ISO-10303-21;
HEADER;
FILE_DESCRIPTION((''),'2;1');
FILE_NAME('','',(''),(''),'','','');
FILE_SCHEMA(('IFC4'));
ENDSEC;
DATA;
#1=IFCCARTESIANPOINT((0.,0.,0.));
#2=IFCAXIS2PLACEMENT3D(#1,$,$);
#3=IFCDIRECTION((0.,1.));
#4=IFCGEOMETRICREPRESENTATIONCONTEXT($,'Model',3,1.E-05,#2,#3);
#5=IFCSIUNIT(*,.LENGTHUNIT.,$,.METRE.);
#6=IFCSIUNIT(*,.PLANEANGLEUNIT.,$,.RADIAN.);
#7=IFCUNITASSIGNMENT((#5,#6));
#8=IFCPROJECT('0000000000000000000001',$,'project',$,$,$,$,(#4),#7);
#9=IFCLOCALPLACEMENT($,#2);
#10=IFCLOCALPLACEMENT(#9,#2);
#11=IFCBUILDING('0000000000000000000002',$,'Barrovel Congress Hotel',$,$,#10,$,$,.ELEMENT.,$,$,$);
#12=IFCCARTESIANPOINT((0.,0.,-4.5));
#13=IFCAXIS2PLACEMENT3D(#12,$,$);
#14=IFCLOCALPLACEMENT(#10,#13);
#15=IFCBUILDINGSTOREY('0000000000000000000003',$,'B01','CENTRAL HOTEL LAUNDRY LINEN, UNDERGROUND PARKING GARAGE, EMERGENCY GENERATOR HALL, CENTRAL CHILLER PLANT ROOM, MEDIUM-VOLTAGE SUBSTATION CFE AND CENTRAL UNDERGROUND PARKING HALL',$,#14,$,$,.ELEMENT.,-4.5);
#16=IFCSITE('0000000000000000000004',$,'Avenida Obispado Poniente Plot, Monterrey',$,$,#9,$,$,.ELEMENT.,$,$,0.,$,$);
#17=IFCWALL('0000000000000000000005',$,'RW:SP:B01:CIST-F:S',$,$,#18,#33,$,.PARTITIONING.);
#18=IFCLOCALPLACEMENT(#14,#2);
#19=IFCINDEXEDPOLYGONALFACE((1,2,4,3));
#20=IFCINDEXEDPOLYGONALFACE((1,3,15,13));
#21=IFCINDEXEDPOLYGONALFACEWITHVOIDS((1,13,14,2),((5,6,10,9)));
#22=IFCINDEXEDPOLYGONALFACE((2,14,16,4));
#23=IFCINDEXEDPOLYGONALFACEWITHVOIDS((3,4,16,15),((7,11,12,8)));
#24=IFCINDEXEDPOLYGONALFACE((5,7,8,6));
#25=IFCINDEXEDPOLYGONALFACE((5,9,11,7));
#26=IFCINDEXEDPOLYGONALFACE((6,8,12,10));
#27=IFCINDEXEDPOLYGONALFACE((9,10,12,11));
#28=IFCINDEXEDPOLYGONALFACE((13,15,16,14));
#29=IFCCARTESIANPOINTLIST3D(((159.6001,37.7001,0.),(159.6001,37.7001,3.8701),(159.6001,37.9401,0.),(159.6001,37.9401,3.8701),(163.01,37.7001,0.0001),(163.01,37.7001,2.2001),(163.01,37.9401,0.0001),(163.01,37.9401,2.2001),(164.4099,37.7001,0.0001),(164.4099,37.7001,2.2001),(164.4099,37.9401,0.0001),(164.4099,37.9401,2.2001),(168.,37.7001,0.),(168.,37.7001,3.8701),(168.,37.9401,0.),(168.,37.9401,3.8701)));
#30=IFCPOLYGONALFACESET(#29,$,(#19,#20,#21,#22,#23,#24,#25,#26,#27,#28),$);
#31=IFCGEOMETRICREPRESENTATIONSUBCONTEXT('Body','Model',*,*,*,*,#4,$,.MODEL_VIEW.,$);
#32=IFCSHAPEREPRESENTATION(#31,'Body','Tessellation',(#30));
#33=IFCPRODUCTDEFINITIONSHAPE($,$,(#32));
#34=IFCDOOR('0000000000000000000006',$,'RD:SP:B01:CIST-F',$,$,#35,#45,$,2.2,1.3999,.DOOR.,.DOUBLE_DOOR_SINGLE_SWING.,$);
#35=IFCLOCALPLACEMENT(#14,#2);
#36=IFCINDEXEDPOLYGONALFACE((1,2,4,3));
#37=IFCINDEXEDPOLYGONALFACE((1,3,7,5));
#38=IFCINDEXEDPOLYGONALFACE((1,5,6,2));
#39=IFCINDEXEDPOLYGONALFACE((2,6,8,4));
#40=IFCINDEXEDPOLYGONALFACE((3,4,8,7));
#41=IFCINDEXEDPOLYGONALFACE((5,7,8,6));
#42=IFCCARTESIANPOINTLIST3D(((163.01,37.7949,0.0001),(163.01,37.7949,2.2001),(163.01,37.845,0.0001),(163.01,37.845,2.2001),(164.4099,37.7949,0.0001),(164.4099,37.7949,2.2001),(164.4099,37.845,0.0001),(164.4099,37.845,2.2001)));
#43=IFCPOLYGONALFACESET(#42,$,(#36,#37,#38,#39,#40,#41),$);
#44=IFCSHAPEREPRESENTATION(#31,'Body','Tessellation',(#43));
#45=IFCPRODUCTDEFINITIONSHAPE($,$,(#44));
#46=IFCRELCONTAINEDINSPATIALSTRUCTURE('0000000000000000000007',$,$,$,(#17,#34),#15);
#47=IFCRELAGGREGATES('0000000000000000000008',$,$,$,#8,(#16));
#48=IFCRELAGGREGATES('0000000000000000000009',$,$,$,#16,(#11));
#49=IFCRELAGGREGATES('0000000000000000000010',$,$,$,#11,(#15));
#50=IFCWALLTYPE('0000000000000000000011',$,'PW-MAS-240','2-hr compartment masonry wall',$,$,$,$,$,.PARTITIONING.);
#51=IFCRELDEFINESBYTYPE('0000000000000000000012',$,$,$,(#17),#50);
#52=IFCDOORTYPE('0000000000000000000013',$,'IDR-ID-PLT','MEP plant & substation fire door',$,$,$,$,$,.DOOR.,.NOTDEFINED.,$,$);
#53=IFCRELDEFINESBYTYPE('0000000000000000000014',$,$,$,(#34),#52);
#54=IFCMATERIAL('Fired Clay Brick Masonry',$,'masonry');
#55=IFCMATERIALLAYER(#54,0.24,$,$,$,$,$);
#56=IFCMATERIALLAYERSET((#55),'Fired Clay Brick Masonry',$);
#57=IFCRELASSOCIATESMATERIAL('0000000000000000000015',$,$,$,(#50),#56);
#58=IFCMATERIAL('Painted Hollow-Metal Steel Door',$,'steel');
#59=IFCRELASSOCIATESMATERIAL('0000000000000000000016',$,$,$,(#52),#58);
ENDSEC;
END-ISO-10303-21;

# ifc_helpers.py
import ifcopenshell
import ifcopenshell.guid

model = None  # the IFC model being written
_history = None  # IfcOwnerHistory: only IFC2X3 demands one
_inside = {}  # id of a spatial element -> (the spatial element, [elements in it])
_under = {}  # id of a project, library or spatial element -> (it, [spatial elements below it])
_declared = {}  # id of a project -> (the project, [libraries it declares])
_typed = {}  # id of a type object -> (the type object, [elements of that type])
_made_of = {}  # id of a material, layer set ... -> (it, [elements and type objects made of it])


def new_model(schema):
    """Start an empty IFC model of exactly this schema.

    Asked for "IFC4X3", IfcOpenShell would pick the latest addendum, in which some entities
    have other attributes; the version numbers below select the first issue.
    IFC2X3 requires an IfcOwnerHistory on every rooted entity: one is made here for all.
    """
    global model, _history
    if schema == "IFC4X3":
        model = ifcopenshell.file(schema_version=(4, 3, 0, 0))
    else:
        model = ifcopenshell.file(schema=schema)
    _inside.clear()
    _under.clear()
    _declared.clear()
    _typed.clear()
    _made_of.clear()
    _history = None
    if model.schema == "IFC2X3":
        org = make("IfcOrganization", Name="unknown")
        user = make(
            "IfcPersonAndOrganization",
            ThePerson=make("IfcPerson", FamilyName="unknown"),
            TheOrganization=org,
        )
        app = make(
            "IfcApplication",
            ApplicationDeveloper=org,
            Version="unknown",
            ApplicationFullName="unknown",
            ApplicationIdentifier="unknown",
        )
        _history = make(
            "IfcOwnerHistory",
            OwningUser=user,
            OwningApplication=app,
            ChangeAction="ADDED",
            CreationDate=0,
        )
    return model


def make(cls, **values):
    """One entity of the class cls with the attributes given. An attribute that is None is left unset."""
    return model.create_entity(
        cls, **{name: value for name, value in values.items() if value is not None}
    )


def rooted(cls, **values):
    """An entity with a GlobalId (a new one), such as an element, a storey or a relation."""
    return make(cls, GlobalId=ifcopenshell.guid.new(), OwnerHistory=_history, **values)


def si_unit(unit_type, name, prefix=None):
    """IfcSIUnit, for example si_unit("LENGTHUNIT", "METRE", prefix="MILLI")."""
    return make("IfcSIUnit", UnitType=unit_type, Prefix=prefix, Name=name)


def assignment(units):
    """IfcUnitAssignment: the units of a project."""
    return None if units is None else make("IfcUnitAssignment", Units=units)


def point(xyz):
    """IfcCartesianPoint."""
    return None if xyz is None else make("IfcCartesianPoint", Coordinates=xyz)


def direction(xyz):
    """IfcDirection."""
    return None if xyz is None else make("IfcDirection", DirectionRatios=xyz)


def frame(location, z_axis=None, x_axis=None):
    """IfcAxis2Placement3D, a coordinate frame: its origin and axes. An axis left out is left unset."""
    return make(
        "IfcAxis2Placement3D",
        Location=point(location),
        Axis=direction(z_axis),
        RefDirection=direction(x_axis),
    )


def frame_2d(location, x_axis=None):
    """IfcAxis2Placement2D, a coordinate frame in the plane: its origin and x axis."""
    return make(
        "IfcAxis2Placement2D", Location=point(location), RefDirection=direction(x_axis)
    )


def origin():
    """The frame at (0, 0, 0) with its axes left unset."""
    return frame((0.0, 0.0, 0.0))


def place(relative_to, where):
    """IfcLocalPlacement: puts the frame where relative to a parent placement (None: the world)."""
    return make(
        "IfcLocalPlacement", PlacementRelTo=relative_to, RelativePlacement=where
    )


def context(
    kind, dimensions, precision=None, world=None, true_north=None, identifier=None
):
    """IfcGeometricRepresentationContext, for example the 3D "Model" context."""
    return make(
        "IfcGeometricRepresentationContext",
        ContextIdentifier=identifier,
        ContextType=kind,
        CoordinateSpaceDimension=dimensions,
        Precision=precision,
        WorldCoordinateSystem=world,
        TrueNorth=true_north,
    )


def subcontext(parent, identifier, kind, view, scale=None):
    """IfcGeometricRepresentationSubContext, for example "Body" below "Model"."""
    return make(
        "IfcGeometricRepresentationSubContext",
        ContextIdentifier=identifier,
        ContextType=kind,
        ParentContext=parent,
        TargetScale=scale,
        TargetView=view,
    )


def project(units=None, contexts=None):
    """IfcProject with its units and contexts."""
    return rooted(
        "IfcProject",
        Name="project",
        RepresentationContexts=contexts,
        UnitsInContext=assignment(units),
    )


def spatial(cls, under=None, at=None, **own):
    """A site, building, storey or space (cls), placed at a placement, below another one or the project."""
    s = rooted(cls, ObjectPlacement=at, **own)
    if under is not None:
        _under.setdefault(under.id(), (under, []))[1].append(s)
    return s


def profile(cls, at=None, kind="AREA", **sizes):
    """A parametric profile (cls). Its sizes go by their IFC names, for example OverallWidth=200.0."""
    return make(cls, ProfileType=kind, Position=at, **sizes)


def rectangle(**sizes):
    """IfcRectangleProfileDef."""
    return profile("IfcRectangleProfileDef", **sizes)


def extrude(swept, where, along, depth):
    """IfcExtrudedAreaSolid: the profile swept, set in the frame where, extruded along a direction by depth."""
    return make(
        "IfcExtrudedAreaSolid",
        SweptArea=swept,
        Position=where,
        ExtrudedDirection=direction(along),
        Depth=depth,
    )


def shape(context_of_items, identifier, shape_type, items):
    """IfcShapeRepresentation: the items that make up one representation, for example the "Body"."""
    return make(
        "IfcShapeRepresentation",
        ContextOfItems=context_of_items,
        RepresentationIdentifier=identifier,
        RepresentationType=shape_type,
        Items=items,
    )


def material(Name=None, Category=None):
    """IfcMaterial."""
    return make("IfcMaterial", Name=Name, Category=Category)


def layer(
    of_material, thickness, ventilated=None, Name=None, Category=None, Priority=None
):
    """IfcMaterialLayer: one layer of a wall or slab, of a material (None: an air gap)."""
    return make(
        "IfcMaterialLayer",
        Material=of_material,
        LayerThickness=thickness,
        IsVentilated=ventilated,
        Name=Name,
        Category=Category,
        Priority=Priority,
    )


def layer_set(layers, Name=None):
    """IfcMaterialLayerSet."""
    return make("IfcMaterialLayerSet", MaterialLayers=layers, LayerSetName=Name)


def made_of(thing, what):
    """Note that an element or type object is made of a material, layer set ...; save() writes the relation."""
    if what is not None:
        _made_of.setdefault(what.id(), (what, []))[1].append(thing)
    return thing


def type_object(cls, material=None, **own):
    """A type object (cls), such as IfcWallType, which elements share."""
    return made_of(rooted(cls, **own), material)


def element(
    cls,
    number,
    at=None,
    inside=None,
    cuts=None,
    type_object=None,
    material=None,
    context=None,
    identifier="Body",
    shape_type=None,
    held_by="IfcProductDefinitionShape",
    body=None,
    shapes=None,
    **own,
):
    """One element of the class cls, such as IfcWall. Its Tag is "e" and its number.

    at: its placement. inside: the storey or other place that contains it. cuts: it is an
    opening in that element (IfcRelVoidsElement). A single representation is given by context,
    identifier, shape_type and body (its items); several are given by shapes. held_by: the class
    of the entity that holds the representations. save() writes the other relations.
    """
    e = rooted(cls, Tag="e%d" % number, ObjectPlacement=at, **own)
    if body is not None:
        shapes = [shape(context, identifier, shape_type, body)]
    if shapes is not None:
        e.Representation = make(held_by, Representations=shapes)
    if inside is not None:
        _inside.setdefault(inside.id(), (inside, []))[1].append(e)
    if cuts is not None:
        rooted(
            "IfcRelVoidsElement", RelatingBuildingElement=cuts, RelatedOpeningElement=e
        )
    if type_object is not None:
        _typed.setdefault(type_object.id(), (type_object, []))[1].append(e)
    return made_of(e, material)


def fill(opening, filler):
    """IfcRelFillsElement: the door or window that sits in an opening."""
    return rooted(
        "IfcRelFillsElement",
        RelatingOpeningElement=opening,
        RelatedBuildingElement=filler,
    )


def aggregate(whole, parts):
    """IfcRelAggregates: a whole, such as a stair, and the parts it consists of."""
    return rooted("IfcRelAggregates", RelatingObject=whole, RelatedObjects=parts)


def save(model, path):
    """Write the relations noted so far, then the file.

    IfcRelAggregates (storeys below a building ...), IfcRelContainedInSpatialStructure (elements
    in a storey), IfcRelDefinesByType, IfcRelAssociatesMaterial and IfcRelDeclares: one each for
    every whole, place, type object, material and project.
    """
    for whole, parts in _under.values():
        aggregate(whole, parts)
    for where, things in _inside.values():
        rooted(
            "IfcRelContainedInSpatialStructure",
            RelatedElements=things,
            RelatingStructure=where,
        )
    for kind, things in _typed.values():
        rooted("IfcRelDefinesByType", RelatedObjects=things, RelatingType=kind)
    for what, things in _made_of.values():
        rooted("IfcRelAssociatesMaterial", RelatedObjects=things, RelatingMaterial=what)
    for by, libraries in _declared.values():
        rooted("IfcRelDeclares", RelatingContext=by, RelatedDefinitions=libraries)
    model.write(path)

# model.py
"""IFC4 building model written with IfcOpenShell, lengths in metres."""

from ifc_helpers import new_model, si_unit, direction, frame, frame_2d, origin, place, context, subcontext, project, spatial, rectangle, extrude, material, layer, layer_set, type_object, element, fill, save


model = new_model("IFC4")

# Units and contexts
model_context = context("Model", 3, precision=1e-05, world=origin(), true_north=direction((0.0, 1.0)))
body_context = subcontext(model_context, "Body", "Model", "MODEL_VIEW")
ifc_project = project(units=[si_unit("LENGTHUNIT", "METRE"), si_unit("PLANEANGLEUNIT", "RADIAN")], contexts=[model_context])

# Site, building, storey
site_placement = place(None, origin())
site = spatial("IfcSite", under=ifc_project, at=site_placement, Name="Avenida Obispado Poniente Plot, Monterrey", CompositionType="ELEMENT", RefElevation=0.0)
building_placement = place(site_placement, origin())
building = spatial("IfcBuilding", under=site, at=building_placement, Name="Barrovel Congress Hotel", CompositionType="ELEMENT")
storey_placement = place(building_placement, frame((0.0, 0.0, -4.5)))
storey = spatial("IfcBuildingStorey", under=building, at=storey_placement, Name="B01", Description="CENTRAL HOTEL LAUNDRY LINEN, UNDERGROUND PARKING GARAGE, EMERGENCY GENERATOR HALL, CENTRAL CHILLER PLANT ROOM, MEDIUM-VOLTAGE SUBSTATION CFE AND CENTRAL UNDERGROUND PARKING HALL", CompositionType="ELEMENT", Elevation=-4.5)

# Shared definitions
ifc_material_1 = material(Name="Fired Clay Brick Masonry", Category="masonry")
ifc_layer = layer(ifc_material_1, 0.24)
ifc_layer_set = layer_set([ifc_layer], Name="Fired Clay Brick Masonry")
wall_type = type_object("IfcWallType", Name="PW-MAS-240", Description="2-hr compartment masonry wall", PredefinedType="PARTITIONING", material=ifc_layer_set)

# Wall, opening, door
wall_1_placement = place(storey_placement, frame((159.6001, 37.8201, 0.0), z_axis=(0.0, 0.0, 1.0), x_axis=(1.0, 0.0, 0.0)))
wall_1 = element("IfcWall", 1, at=wall_1_placement, inside=storey, type_object=wall_type, Name="RW:SP:B01:CIST-F:S", PredefinedType="PARTITIONING", context=body_context, shape_type="SweptSolid", body=[
    extrude(rectangle(XDim=8.3999, YDim=0.24, at=frame_2d((4.2, 0.0))), origin(), (0.0, 0.0, 1.0), 3.8701),
])
opening_placement = place(wall_1_placement, frame((3.4099, 0.0, 0.0)))
opening = element("IfcOpeningElement", 2, at=opening_placement, cuts=wall_1, PredefinedType="OPENING", context=body_context, shape_type="SweptSolid", body=[
    extrude(rectangle(XDim=1.3999, YDim=2.2, at=frame_2d((0.7, 1.1001))), frame((0.0, 0.1299, 0.0), z_axis=(0.0, -1.0, 0.0), x_axis=(1.0, 0.0, 0.0)), (0.0, 0.0, 1.0), 0.26),
])
ifc_material_2 = material(Name="Painted Hollow-Metal Steel Door", Category="steel")
door_type = type_object("IfcDoorType", Name="IDR-ID-PLT", Description="MEP plant & substation fire door", OperationType="NOTDEFINED", PredefinedType="DOOR", material=ifc_material_2)
door_placement = place(opening_placement, origin())
door = element("IfcDoor", 3, at=door_placement, inside=storey, type_object=door_type, Name="RD:SP:B01:CIST-F", OperationType="DOUBLE_DOOR_SINGLE_SWING", OverallHeight=2.2, OverallWidth=1.3999, PredefinedType="DOOR", context=body_context, shape_type="SweptSolid", body=[
    extrude(rectangle(XDim=1.3999, YDim=2.2, at=frame_2d((0.7, 1.1001))), frame((0.0, 0.0249, 0.0), z_axis=(0.0, -1.0, 0.0), x_axis=(1.0, 0.0, 0.0)), (0.0, 0.0, 1.0), 0.05),
])
fill(opening, door)

save(model, "model.ifc")
